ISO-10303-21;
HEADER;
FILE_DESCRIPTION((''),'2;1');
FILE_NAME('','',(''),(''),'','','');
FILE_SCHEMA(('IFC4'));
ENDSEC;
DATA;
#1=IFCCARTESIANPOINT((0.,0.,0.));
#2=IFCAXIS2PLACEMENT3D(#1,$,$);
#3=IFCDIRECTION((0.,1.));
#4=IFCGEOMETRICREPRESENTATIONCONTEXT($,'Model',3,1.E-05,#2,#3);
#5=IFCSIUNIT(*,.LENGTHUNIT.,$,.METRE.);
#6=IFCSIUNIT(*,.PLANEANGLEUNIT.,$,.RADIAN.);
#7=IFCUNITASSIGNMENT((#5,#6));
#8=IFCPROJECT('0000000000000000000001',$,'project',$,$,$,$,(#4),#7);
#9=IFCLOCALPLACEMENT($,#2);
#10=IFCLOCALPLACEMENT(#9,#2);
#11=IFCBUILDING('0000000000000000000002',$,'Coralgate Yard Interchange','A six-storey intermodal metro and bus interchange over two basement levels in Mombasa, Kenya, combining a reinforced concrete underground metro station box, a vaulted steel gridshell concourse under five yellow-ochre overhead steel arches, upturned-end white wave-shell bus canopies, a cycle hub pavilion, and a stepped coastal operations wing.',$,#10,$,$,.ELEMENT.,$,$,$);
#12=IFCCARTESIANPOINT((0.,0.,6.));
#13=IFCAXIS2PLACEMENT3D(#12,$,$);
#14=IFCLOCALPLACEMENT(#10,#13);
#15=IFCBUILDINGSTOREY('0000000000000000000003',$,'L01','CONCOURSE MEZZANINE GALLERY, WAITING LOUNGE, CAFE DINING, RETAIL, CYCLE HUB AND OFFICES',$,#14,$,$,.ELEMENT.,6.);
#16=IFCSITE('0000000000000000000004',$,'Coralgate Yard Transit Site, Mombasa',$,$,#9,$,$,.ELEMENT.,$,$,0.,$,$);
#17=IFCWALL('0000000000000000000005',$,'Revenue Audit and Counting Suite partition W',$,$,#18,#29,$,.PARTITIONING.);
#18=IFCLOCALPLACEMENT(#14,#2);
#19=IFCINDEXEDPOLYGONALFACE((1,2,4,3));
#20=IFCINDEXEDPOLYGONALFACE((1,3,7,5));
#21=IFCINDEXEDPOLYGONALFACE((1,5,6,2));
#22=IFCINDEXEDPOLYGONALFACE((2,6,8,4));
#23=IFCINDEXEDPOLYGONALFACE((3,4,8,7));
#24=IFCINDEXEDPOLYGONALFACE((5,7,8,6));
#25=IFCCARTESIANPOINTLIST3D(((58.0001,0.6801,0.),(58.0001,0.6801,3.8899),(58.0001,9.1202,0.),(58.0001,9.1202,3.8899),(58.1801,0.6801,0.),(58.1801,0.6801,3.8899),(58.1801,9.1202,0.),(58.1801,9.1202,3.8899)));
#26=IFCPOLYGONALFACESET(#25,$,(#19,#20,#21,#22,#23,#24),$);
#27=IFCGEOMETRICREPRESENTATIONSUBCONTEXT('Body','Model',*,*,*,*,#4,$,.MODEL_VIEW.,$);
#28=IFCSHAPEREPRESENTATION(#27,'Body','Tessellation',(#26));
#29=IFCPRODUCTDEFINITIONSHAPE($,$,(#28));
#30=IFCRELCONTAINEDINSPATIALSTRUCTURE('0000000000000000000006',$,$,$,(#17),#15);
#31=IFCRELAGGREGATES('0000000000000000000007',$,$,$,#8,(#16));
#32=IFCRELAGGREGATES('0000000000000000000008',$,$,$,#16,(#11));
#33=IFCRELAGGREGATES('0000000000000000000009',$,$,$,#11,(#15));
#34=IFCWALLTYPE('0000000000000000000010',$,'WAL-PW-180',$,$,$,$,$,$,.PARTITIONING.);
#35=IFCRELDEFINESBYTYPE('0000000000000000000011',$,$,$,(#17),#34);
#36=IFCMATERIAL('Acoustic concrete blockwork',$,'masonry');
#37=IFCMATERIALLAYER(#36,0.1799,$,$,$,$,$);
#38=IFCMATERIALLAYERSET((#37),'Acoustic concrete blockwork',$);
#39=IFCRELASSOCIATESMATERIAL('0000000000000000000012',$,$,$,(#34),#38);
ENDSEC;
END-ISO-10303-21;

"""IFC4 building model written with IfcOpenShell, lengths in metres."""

from ifc_helpers import new_model, si_unit, direction, frame, frame_2d, origin, place, context, subcontext, project, spatial, rectangle, extrude, material, layer, layer_set, type_object, element, save


model = new_model("IFC4")

# Units and contexts
model_context = context("Model", 3, precision=1e-05, world=origin(), true_north=direction((0.0, 1.0)))
body_context = subcontext(model_context, "Body", "Model", "MODEL_VIEW")
ifc_project = project(units=[si_unit("LENGTHUNIT", "METRE"), si_unit("PLANEANGLEUNIT", "RADIAN")], contexts=[model_context])

# Site, building, storey
site_placement = place(None, origin())
site = spatial("IfcSite", under=ifc_project, at=site_placement, Name="Coralgate Yard Transit Site, Mombasa", CompositionType="ELEMENT", RefElevation=0.0)
building_placement = place(site_placement, origin())
building = spatial("IfcBuilding", under=site, at=building_placement, Name="Coralgate Yard Interchange", Description="A six-storey intermodal metro and bus interchange over two basement levels in Mombasa, Kenya, combining a reinforced concrete underground metro station box, a vaulted steel gridshell concourse under five yellow-ochre overhead steel arches, upturned-end white wave-shell bus canopies, a cycle hub pavilion, and a stepped coastal operations wing.", CompositionType="ELEMENT")
storey_placement = place(building_placement, frame((0.0, 0.0, 6.0)))
storey = spatial("IfcBuildingStorey", under=building, at=storey_placement, Name="L01", Description="CONCOURSE MEZZANINE GALLERY, WAITING LOUNGE, CAFE DINING, RETAIL, CYCLE HUB AND OFFICES", CompositionType="ELEMENT", Elevation=6.0)

# Shared definitions
ifc_material_1 = material(Name="Acoustic concrete blockwork", Category="masonry")
ifc_layer_1 = layer(ifc_material_1, 0.1799)
ifc_layer_set_1 = layer_set([ifc_layer_1], Name="Acoustic concrete blockwork")
wall_type_1 = type_object("IfcWallType", Name="WAL-PW-180", PredefinedType="PARTITIONING", material=ifc_layer_set_1)

# Wall
wall_1_placement = place(storey_placement, frame((58.0901, 0.6799, 0.0), z_axis=(0.0, 0.0, 1.0), x_axis=(0.0, 1.0, 0.0)))
element("IfcWall", 1, at=wall_1_placement, inside=storey, type_object=wall_type_1, Name="Revenue Audit and Counting Suite partition W", PredefinedType="PARTITIONING", context=body_context, shape_type="SweptSolid", body=[
    extrude(rectangle(XDim=8.4402, YDim=0.1799, at=frame_2d((4.2202, 0.0))), origin(), (0.0, 0.0, 1.0), 3.8899),
])

save(model, "model.ifc")
